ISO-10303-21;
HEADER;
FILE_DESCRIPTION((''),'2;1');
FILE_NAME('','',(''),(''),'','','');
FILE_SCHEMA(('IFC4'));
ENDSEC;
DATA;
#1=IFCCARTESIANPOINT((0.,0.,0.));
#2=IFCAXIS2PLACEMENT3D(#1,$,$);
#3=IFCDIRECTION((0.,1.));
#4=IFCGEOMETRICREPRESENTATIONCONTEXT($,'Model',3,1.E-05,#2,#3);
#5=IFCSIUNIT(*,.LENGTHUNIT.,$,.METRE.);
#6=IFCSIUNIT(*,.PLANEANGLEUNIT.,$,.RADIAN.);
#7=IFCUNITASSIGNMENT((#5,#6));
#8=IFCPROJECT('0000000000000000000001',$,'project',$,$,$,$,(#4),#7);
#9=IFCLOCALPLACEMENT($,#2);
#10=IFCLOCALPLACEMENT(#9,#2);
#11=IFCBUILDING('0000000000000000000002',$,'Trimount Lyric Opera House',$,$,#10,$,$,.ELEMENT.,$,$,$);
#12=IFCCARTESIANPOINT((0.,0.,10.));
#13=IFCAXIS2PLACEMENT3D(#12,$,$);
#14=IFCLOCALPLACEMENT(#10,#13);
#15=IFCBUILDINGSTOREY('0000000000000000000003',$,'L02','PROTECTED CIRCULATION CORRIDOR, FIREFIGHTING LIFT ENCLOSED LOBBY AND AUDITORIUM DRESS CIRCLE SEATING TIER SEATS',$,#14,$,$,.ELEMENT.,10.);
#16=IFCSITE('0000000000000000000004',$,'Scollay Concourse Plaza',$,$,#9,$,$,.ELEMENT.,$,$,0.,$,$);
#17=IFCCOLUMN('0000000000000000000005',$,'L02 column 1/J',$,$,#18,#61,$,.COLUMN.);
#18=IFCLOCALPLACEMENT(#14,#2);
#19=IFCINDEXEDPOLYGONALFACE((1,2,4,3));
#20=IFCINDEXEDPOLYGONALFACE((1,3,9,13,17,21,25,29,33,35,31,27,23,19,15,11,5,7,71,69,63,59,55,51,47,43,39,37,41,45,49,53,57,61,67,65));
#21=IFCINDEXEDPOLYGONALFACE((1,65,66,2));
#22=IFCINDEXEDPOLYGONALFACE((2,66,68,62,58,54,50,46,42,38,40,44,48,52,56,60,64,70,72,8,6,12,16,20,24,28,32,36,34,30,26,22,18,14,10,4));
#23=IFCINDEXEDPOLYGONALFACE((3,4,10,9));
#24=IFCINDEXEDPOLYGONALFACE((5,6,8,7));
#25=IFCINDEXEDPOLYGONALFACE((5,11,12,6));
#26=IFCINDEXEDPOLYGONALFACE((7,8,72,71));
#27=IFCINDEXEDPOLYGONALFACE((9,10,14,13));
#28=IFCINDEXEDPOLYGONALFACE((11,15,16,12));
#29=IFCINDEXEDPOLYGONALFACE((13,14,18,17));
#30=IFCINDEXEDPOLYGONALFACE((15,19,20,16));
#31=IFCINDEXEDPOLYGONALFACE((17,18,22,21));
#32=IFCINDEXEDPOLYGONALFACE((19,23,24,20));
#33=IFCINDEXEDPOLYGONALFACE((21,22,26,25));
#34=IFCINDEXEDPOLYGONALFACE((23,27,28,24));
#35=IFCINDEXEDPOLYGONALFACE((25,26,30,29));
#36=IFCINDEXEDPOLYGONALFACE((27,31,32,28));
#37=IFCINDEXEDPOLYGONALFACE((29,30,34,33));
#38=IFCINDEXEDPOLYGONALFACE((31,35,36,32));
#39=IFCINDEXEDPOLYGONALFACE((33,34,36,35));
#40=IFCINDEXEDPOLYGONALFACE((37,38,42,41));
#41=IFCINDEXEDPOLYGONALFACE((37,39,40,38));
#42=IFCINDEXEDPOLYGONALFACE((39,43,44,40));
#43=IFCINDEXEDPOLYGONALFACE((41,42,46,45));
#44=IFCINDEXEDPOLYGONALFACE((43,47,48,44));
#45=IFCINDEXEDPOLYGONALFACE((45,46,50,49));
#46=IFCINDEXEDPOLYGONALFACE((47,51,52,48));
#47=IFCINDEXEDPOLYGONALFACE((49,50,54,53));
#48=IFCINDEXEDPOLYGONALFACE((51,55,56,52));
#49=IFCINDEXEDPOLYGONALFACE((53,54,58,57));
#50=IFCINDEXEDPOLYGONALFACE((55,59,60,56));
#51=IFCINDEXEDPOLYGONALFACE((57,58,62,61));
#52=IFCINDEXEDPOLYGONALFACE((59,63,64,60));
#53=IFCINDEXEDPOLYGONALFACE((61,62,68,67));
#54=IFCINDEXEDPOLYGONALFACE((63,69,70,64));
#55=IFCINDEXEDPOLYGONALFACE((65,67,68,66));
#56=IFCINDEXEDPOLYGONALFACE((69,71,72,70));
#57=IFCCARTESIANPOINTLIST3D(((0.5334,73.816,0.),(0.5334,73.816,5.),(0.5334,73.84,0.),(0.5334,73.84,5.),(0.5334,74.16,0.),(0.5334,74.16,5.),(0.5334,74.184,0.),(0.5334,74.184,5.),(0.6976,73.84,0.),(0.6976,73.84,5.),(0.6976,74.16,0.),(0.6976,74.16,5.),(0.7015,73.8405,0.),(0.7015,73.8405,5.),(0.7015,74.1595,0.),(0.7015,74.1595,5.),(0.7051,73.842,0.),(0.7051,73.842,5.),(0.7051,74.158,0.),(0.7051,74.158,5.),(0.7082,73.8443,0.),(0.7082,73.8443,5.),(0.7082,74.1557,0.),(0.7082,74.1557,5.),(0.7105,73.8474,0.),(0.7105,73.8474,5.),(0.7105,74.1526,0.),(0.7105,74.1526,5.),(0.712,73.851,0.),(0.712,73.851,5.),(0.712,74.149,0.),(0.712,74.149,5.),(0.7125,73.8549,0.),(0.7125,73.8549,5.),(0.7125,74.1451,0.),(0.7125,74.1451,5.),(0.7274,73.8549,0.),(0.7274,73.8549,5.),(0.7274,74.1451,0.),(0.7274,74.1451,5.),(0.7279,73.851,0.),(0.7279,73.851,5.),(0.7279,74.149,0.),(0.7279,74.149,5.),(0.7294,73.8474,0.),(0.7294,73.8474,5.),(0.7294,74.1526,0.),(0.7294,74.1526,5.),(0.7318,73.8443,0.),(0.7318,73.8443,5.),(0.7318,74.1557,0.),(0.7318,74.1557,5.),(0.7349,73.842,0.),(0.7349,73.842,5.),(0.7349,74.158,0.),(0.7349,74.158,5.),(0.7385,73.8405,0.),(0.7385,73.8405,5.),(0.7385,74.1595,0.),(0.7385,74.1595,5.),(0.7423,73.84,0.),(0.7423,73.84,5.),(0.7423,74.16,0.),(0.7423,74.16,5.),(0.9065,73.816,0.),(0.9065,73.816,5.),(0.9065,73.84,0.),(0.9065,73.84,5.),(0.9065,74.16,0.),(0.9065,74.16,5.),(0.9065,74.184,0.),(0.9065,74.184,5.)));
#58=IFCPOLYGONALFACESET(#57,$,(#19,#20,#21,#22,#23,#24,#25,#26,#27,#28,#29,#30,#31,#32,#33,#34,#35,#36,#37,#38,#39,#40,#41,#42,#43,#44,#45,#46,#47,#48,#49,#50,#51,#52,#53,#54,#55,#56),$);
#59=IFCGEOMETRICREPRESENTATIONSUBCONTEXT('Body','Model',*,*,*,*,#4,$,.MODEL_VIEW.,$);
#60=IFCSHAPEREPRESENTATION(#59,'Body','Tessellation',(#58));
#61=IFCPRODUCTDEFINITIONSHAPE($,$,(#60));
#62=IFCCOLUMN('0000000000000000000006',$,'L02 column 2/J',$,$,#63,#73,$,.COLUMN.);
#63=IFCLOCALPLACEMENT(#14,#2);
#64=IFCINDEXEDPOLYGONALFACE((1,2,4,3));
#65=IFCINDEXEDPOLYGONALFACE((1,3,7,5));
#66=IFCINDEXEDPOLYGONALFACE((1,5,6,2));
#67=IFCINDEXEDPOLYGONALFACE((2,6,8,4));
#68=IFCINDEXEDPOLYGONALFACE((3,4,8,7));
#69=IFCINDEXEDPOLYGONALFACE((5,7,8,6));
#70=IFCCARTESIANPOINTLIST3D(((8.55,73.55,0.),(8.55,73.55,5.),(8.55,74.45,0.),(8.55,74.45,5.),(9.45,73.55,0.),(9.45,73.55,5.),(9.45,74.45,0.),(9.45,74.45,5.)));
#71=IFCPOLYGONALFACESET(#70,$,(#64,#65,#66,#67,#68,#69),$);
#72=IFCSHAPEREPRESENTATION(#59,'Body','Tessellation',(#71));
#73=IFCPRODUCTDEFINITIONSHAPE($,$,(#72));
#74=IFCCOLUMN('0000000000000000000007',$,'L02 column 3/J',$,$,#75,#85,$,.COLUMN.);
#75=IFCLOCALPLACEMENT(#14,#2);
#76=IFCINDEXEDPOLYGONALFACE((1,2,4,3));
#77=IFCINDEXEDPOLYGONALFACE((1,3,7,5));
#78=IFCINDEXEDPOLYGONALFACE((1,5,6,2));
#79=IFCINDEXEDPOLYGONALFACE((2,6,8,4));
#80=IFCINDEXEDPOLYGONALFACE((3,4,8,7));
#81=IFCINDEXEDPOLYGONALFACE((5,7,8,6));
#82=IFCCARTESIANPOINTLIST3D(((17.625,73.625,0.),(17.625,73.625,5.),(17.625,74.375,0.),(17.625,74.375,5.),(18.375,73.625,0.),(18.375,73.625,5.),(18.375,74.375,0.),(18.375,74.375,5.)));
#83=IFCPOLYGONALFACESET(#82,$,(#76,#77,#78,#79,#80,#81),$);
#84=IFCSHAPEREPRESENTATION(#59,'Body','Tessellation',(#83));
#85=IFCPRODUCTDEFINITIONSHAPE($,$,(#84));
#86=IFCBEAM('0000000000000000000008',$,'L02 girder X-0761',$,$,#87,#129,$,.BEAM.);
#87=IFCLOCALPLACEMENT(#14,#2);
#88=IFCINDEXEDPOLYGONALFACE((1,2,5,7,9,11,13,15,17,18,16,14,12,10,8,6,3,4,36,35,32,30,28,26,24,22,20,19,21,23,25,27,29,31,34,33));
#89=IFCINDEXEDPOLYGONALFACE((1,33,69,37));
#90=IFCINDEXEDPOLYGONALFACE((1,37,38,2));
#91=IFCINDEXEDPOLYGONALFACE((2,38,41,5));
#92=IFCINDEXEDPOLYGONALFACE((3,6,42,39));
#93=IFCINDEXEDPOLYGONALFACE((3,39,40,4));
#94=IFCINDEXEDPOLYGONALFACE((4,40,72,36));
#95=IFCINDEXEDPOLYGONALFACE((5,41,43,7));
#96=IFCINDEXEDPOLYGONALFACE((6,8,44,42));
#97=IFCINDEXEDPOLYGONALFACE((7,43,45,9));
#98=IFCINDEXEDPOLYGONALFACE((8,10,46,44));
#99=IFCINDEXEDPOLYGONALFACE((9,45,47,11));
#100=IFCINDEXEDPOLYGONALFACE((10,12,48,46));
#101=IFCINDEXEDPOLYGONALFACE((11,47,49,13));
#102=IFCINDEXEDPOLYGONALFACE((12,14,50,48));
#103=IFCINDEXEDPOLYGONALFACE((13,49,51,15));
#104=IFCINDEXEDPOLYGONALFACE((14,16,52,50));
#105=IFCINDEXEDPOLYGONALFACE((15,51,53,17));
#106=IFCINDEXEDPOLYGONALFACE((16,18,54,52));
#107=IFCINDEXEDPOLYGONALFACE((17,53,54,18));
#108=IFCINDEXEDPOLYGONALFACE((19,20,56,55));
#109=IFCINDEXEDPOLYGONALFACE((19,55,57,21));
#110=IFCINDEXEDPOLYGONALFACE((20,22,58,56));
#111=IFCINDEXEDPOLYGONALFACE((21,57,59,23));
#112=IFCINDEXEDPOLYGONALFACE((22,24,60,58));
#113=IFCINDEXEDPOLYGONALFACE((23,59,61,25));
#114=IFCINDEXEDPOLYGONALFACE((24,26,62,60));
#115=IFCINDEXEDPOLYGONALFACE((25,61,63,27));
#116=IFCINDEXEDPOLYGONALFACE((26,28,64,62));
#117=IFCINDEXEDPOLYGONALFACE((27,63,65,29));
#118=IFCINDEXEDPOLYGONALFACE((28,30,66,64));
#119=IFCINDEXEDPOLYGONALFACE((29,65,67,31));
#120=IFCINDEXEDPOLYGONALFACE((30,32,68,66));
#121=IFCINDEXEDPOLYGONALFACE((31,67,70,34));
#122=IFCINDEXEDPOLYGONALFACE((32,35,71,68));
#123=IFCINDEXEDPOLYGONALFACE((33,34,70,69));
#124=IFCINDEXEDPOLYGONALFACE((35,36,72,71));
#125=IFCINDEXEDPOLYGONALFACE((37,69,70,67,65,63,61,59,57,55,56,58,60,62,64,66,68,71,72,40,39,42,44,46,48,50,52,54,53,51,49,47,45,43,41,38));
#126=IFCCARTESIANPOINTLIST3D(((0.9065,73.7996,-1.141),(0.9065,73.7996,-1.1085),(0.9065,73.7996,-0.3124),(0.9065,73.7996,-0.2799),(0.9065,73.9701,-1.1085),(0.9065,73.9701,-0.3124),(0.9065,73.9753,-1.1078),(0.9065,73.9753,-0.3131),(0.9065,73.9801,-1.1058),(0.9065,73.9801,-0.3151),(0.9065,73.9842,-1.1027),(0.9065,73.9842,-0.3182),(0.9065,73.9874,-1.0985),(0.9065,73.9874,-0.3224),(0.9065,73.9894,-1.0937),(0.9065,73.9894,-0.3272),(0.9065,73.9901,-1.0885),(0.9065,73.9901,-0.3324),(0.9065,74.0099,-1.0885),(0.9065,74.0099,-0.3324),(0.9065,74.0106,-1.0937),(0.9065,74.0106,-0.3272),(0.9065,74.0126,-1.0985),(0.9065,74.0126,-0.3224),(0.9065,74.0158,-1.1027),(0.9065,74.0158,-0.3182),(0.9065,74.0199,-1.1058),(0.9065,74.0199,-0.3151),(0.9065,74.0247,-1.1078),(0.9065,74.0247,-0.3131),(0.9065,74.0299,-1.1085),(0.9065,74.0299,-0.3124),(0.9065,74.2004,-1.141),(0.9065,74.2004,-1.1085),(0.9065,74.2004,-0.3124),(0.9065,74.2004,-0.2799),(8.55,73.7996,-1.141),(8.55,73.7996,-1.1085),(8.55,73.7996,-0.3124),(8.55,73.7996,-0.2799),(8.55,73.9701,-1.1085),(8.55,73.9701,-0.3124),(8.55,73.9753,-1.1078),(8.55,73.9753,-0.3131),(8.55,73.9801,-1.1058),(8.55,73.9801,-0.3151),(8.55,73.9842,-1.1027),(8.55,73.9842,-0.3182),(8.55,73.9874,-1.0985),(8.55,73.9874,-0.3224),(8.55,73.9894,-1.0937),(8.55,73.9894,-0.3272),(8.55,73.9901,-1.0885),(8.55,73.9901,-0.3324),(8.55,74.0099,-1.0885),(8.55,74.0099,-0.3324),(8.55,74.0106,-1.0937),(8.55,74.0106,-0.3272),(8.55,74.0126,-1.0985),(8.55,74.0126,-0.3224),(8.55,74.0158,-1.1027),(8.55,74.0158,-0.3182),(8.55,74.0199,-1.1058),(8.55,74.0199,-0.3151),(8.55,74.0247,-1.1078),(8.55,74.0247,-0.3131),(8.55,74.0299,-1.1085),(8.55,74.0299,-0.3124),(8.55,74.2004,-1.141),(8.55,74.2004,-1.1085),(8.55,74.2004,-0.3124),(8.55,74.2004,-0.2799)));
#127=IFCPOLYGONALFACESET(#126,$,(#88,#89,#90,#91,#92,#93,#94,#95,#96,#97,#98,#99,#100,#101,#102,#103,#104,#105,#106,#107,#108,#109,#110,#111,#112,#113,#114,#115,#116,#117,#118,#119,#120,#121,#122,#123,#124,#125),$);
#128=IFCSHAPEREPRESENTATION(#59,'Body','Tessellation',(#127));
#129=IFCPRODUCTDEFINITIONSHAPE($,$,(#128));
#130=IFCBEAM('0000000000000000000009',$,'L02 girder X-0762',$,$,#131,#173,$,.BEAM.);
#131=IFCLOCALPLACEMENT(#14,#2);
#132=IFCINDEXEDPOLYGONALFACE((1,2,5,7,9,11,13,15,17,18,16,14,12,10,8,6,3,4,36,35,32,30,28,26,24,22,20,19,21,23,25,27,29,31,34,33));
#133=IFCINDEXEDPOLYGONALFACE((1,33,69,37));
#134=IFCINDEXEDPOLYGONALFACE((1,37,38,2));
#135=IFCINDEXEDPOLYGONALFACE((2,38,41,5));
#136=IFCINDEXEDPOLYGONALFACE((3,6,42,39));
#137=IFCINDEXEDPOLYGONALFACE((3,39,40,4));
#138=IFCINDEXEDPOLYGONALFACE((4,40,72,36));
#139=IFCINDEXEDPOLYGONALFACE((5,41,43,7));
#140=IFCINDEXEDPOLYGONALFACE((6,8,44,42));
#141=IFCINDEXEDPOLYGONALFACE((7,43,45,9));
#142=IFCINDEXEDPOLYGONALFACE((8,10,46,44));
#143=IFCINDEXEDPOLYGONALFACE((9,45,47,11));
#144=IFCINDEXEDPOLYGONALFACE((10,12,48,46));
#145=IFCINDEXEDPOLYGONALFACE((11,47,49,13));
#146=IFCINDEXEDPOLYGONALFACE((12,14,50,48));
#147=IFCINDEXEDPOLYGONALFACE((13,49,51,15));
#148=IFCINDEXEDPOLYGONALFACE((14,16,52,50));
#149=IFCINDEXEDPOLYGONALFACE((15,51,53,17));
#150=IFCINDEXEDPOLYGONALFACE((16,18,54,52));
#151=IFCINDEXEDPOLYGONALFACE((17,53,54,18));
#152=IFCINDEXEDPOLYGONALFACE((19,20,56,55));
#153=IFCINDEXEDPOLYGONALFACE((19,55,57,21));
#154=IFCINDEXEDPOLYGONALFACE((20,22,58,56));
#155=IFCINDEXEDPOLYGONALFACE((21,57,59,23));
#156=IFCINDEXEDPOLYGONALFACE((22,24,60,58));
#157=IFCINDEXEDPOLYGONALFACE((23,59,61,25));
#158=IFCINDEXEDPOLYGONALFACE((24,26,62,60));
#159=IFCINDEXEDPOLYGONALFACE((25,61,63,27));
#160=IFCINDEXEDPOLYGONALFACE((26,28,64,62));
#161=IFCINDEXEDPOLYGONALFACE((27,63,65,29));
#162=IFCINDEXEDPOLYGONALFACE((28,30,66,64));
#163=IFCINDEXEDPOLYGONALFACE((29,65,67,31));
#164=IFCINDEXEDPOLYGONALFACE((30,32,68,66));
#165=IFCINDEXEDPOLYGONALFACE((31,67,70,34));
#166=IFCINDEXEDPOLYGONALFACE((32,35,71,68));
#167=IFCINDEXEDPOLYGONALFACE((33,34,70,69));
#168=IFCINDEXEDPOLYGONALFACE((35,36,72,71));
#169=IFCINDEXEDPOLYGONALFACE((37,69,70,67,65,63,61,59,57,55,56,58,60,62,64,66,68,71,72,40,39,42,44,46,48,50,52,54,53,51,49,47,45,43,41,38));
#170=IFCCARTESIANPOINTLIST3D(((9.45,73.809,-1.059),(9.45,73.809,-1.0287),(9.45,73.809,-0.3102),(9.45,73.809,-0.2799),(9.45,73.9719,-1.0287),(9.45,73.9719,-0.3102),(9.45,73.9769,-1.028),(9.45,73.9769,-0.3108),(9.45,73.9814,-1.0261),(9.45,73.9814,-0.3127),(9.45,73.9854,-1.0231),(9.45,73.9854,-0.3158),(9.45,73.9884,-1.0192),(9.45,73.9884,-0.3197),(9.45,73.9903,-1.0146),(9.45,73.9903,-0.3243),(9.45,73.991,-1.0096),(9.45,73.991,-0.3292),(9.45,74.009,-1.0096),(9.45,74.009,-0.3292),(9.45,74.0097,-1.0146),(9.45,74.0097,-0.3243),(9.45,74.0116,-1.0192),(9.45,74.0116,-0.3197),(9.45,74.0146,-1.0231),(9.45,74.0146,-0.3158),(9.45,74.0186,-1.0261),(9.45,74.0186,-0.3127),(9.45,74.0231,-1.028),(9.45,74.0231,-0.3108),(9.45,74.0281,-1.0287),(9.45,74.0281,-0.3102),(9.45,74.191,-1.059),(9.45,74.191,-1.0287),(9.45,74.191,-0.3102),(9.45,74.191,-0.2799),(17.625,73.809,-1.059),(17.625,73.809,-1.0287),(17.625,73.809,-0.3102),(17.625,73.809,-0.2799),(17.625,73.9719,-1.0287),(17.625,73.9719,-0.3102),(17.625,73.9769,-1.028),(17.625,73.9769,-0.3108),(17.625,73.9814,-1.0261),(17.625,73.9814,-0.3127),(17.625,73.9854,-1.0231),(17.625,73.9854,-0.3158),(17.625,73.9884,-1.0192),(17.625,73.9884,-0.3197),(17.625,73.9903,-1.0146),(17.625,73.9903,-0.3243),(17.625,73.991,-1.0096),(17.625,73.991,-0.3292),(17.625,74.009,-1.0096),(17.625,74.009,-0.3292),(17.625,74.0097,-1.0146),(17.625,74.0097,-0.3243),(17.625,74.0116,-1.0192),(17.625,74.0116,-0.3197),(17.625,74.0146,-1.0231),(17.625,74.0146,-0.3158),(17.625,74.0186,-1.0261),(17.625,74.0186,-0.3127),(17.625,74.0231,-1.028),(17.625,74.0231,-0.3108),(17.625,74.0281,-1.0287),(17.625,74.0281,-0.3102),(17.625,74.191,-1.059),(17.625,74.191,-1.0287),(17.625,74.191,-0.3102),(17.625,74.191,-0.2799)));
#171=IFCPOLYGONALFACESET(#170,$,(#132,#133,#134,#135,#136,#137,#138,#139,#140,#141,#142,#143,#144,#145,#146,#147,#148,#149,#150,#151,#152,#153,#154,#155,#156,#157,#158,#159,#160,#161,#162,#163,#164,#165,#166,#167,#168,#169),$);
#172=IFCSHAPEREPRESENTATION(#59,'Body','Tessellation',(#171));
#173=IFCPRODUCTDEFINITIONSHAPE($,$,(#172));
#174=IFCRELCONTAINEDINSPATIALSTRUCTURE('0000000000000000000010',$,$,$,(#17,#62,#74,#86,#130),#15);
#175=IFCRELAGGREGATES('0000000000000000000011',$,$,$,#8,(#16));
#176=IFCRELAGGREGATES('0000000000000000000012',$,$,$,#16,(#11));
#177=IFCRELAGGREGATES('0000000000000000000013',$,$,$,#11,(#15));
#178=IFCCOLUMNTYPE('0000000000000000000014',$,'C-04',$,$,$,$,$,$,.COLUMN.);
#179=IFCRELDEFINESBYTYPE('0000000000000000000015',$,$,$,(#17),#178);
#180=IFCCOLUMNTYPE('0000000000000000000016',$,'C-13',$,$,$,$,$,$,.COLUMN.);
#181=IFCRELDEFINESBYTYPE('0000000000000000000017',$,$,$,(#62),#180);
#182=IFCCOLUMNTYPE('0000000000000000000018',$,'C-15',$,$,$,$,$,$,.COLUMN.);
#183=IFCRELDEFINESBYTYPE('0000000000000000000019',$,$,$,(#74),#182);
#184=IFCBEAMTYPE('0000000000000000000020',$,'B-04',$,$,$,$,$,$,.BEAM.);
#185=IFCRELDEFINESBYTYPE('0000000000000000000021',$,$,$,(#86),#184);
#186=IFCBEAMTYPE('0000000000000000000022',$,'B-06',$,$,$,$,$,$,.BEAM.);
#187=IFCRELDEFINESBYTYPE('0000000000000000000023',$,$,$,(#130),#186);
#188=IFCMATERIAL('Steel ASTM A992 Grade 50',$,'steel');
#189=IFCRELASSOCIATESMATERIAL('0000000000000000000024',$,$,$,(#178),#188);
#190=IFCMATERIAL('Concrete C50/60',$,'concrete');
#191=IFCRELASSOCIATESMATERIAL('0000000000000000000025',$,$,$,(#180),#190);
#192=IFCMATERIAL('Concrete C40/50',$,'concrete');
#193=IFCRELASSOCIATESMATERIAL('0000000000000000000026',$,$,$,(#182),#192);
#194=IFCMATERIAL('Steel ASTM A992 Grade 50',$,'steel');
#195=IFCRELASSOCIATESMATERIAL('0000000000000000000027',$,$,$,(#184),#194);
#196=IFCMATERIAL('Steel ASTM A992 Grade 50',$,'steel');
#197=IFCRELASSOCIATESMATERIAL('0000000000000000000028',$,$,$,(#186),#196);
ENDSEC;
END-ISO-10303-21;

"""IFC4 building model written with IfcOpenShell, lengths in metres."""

from ifc_helpers import new_model, si_unit, direction, frame, origin, origin_2d, place, context, subcontext, project, spatial, rectangle, i_section, extrude, material, material_profile, profile_set, type_object, element, save


model = new_model("IFC4")

# Units and contexts
model_context = context("Model", 3, precision=1e-05, world=origin(), true_north=direction((0.0, 1.0)))
body_context = subcontext(model_context, "Body", "Model", "MODEL_VIEW")
ifc_project = project(units=[si_unit("LENGTHUNIT", "METRE"), si_unit("PLANEANGLEUNIT", "RADIAN")], contexts=[model_context])

# Site, building, storey
site_placement = place(None, origin())
site = spatial("IfcSite", under=ifc_project, at=site_placement, Name="Scollay Concourse Plaza", CompositionType="ELEMENT", RefElevation=0.0)
building_placement = place(site_placement, origin())
building = spatial("IfcBuilding", under=site, at=building_placement, Name="Trimount Lyric Opera House", CompositionType="ELEMENT")
storey_placement = place(building_placement, frame((0.0, 0.0, 10.0)))
storey = spatial("IfcBuildingStorey", under=building, at=storey_placement, Name="L02", Description="PROTECTED CIRCULATION CORRIDOR, FIREFIGHTING LIFT ENCLOSED LOBBY AND AUDITORIUM DRESS CIRCLE SEATING TIER SEATS", CompositionType="ELEMENT", Elevation=10.0)

# Columns
ifc_material_1 = material(Name="Steel ASTM A992 Grade 50", Category="steel")
ifc_material_profile_1 = material_profile(ifc_material_1, i_section(OverallWidth=0.373, OverallDepth=0.3679, WebThickness=0.0149, FlangeThickness=0.0239, FilletRadius=0.0149, at=origin_2d()), Name="W14X120")
ifc_profile_set_1 = profile_set([ifc_material_profile_1], Name="Steel ASTM A992 Grade 50")
column_type_1 = type_object("IfcColumnType", Name="C-04", PredefinedType="COLUMN", material=ifc_profile_set_1)
column_1_placement = place(storey_placement, frame((0.72, 74.0, 0.0), z_axis=(0.0, 0.0, 1.0), x_axis=(1.0, 0.0, 0.0)))
element("IfcColumn", 1, at=column_1_placement, inside=storey, type_object=column_type_1, Name="L02 column 1/J", PredefinedType="COLUMN", context=body_context, shape_type="SweptSolid", body=[
    extrude(i_section(OverallWidth=0.373, OverallDepth=0.3679, WebThickness=0.0149, FlangeThickness=0.0239, FilletRadius=0.0149, at=origin_2d()), origin(), (0.0, 0.0, 1.0), 5.0),
])
ifc_material_2 = material(Name="Concrete C50/60", Category="concrete")
ifc_material_profile_2 = material_profile(ifc_material_2, rectangle(XDim=0.8999, YDim=0.8999, at=origin_2d()), Name="RC900X900")
ifc_profile_set_2 = profile_set([ifc_material_profile_2], Name="Concrete C50/60")
column_type_2 = type_object("IfcColumnType", Name="C-13", PredefinedType="COLUMN", material=ifc_profile_set_2)
column_2_placement = place(storey_placement, frame((9.0, 74.0, 0.0), z_axis=(0.0, 0.0, 1.0), x_axis=(1.0, 0.0, 0.0)))
element("IfcColumn", 2, at=column_2_placement, inside=storey, type_object=column_type_2, Name="L02 column 2/J", PredefinedType="COLUMN", context=body_context, shape_type="SweptSolid", body=[
    extrude(rectangle(XDim=0.8999, YDim=0.8999, at=origin_2d()), origin(), (0.0, 0.0, 1.0), 5.0),
])
ifc_material_3 = material(Name="Concrete C40/50", Category="concrete")
ifc_material_profile_3 = material_profile(ifc_material_3, rectangle(XDim=0.75, YDim=0.75, at=origin_2d()), Name="RC750X750")
ifc_profile_set_3 = profile_set([ifc_material_profile_3], Name="Concrete C40/50")
column_type_3 = type_object("IfcColumnType", Name="C-15", PredefinedType="COLUMN", material=ifc_profile_set_3)
column_3_placement = place(storey_placement, frame((18.0, 74.0, 0.0), z_axis=(0.0, 0.0, 1.0), x_axis=(1.0, 0.0, 0.0)))
element("IfcColumn", 3, at=column_3_placement, inside=storey, type_object=column_type_3, Name="L02 column 3/J", PredefinedType="COLUMN", context=body_context, shape_type="SweptSolid", body=[
    extrude(rectangle(XDim=0.75, YDim=0.75, at=origin_2d()), origin(), (0.0, 0.0, 1.0), 5.0),
])

# Beams
ifc_material_4 = material(Name="Steel ASTM A992 Grade 50", Category="steel")
ifc_material_profile_4 = material_profile(ifc_material_4, i_section(OverallWidth=0.4009, OverallDepth=0.8611, WebThickness=0.0198, FlangeThickness=0.0325, FilletRadius=0.02, at=origin_2d()), Name="W33X221")
ifc_profile_set_4 = profile_set([ifc_material_profile_4], Name="Steel ASTM A992 Grade 50")
beam_type_1 = type_object("IfcBeamType", Name="B-04", PredefinedType="BEAM", material=ifc_profile_set_4)
beam_1_placement = place(storey_placement, frame((0.9065, 74.0, -0.7104), z_axis=(1.0, 0.0, 0.0), x_axis=(0.0, 1.0, 0.0)))
element("IfcBeam", 4, at=beam_1_placement, inside=storey, type_object=beam_type_1, Name="L02 girder X-0761", PredefinedType="BEAM", context=body_context, shape_type="SweptSolid", body=[
    extrude(i_section(OverallWidth=0.4009, OverallDepth=0.8611, WebThickness=0.0198, FlangeThickness=0.0325, FilletRadius=0.02, at=origin_2d()), origin(), (0.0, 0.0, 1.0), 7.6436),
])
ifc_material_5 = material(Name="Steel ASTM A992 Grade 50", Category="steel")
ifc_material_profile_5 = material_profile(ifc_material_5, i_section(OverallWidth=0.3821, OverallDepth=0.7791, WebThickness=0.0181, FlangeThickness=0.0303, FilletRadius=0.019, at=origin_2d()), Name="W30X191")
ifc_profile_set_5 = profile_set([ifc_material_profile_5], Name="Steel ASTM A992 Grade 50")
beam_type_2 = type_object("IfcBeamType", Name="B-06", PredefinedType="BEAM", material=ifc_profile_set_5)
beam_2_placement = place(storey_placement, frame((9.45, 74.0, -0.6694), z_axis=(1.0, 0.0, 0.0), x_axis=(0.0, 1.0, 0.0)))
element("IfcBeam", 5, at=beam_2_placement, inside=storey, type_object=beam_type_2, Name="L02 girder X-0762", PredefinedType="BEAM", context=body_context, shape_type="SweptSolid", body=[
    extrude(i_section(OverallWidth=0.3821, OverallDepth=0.7791, WebThickness=0.0181, FlangeThickness=0.0303, FilletRadius=0.019, at=origin_2d()), origin(), (0.0, 0.0, 1.0), 8.175),
])

save(model, "model.ifc")
